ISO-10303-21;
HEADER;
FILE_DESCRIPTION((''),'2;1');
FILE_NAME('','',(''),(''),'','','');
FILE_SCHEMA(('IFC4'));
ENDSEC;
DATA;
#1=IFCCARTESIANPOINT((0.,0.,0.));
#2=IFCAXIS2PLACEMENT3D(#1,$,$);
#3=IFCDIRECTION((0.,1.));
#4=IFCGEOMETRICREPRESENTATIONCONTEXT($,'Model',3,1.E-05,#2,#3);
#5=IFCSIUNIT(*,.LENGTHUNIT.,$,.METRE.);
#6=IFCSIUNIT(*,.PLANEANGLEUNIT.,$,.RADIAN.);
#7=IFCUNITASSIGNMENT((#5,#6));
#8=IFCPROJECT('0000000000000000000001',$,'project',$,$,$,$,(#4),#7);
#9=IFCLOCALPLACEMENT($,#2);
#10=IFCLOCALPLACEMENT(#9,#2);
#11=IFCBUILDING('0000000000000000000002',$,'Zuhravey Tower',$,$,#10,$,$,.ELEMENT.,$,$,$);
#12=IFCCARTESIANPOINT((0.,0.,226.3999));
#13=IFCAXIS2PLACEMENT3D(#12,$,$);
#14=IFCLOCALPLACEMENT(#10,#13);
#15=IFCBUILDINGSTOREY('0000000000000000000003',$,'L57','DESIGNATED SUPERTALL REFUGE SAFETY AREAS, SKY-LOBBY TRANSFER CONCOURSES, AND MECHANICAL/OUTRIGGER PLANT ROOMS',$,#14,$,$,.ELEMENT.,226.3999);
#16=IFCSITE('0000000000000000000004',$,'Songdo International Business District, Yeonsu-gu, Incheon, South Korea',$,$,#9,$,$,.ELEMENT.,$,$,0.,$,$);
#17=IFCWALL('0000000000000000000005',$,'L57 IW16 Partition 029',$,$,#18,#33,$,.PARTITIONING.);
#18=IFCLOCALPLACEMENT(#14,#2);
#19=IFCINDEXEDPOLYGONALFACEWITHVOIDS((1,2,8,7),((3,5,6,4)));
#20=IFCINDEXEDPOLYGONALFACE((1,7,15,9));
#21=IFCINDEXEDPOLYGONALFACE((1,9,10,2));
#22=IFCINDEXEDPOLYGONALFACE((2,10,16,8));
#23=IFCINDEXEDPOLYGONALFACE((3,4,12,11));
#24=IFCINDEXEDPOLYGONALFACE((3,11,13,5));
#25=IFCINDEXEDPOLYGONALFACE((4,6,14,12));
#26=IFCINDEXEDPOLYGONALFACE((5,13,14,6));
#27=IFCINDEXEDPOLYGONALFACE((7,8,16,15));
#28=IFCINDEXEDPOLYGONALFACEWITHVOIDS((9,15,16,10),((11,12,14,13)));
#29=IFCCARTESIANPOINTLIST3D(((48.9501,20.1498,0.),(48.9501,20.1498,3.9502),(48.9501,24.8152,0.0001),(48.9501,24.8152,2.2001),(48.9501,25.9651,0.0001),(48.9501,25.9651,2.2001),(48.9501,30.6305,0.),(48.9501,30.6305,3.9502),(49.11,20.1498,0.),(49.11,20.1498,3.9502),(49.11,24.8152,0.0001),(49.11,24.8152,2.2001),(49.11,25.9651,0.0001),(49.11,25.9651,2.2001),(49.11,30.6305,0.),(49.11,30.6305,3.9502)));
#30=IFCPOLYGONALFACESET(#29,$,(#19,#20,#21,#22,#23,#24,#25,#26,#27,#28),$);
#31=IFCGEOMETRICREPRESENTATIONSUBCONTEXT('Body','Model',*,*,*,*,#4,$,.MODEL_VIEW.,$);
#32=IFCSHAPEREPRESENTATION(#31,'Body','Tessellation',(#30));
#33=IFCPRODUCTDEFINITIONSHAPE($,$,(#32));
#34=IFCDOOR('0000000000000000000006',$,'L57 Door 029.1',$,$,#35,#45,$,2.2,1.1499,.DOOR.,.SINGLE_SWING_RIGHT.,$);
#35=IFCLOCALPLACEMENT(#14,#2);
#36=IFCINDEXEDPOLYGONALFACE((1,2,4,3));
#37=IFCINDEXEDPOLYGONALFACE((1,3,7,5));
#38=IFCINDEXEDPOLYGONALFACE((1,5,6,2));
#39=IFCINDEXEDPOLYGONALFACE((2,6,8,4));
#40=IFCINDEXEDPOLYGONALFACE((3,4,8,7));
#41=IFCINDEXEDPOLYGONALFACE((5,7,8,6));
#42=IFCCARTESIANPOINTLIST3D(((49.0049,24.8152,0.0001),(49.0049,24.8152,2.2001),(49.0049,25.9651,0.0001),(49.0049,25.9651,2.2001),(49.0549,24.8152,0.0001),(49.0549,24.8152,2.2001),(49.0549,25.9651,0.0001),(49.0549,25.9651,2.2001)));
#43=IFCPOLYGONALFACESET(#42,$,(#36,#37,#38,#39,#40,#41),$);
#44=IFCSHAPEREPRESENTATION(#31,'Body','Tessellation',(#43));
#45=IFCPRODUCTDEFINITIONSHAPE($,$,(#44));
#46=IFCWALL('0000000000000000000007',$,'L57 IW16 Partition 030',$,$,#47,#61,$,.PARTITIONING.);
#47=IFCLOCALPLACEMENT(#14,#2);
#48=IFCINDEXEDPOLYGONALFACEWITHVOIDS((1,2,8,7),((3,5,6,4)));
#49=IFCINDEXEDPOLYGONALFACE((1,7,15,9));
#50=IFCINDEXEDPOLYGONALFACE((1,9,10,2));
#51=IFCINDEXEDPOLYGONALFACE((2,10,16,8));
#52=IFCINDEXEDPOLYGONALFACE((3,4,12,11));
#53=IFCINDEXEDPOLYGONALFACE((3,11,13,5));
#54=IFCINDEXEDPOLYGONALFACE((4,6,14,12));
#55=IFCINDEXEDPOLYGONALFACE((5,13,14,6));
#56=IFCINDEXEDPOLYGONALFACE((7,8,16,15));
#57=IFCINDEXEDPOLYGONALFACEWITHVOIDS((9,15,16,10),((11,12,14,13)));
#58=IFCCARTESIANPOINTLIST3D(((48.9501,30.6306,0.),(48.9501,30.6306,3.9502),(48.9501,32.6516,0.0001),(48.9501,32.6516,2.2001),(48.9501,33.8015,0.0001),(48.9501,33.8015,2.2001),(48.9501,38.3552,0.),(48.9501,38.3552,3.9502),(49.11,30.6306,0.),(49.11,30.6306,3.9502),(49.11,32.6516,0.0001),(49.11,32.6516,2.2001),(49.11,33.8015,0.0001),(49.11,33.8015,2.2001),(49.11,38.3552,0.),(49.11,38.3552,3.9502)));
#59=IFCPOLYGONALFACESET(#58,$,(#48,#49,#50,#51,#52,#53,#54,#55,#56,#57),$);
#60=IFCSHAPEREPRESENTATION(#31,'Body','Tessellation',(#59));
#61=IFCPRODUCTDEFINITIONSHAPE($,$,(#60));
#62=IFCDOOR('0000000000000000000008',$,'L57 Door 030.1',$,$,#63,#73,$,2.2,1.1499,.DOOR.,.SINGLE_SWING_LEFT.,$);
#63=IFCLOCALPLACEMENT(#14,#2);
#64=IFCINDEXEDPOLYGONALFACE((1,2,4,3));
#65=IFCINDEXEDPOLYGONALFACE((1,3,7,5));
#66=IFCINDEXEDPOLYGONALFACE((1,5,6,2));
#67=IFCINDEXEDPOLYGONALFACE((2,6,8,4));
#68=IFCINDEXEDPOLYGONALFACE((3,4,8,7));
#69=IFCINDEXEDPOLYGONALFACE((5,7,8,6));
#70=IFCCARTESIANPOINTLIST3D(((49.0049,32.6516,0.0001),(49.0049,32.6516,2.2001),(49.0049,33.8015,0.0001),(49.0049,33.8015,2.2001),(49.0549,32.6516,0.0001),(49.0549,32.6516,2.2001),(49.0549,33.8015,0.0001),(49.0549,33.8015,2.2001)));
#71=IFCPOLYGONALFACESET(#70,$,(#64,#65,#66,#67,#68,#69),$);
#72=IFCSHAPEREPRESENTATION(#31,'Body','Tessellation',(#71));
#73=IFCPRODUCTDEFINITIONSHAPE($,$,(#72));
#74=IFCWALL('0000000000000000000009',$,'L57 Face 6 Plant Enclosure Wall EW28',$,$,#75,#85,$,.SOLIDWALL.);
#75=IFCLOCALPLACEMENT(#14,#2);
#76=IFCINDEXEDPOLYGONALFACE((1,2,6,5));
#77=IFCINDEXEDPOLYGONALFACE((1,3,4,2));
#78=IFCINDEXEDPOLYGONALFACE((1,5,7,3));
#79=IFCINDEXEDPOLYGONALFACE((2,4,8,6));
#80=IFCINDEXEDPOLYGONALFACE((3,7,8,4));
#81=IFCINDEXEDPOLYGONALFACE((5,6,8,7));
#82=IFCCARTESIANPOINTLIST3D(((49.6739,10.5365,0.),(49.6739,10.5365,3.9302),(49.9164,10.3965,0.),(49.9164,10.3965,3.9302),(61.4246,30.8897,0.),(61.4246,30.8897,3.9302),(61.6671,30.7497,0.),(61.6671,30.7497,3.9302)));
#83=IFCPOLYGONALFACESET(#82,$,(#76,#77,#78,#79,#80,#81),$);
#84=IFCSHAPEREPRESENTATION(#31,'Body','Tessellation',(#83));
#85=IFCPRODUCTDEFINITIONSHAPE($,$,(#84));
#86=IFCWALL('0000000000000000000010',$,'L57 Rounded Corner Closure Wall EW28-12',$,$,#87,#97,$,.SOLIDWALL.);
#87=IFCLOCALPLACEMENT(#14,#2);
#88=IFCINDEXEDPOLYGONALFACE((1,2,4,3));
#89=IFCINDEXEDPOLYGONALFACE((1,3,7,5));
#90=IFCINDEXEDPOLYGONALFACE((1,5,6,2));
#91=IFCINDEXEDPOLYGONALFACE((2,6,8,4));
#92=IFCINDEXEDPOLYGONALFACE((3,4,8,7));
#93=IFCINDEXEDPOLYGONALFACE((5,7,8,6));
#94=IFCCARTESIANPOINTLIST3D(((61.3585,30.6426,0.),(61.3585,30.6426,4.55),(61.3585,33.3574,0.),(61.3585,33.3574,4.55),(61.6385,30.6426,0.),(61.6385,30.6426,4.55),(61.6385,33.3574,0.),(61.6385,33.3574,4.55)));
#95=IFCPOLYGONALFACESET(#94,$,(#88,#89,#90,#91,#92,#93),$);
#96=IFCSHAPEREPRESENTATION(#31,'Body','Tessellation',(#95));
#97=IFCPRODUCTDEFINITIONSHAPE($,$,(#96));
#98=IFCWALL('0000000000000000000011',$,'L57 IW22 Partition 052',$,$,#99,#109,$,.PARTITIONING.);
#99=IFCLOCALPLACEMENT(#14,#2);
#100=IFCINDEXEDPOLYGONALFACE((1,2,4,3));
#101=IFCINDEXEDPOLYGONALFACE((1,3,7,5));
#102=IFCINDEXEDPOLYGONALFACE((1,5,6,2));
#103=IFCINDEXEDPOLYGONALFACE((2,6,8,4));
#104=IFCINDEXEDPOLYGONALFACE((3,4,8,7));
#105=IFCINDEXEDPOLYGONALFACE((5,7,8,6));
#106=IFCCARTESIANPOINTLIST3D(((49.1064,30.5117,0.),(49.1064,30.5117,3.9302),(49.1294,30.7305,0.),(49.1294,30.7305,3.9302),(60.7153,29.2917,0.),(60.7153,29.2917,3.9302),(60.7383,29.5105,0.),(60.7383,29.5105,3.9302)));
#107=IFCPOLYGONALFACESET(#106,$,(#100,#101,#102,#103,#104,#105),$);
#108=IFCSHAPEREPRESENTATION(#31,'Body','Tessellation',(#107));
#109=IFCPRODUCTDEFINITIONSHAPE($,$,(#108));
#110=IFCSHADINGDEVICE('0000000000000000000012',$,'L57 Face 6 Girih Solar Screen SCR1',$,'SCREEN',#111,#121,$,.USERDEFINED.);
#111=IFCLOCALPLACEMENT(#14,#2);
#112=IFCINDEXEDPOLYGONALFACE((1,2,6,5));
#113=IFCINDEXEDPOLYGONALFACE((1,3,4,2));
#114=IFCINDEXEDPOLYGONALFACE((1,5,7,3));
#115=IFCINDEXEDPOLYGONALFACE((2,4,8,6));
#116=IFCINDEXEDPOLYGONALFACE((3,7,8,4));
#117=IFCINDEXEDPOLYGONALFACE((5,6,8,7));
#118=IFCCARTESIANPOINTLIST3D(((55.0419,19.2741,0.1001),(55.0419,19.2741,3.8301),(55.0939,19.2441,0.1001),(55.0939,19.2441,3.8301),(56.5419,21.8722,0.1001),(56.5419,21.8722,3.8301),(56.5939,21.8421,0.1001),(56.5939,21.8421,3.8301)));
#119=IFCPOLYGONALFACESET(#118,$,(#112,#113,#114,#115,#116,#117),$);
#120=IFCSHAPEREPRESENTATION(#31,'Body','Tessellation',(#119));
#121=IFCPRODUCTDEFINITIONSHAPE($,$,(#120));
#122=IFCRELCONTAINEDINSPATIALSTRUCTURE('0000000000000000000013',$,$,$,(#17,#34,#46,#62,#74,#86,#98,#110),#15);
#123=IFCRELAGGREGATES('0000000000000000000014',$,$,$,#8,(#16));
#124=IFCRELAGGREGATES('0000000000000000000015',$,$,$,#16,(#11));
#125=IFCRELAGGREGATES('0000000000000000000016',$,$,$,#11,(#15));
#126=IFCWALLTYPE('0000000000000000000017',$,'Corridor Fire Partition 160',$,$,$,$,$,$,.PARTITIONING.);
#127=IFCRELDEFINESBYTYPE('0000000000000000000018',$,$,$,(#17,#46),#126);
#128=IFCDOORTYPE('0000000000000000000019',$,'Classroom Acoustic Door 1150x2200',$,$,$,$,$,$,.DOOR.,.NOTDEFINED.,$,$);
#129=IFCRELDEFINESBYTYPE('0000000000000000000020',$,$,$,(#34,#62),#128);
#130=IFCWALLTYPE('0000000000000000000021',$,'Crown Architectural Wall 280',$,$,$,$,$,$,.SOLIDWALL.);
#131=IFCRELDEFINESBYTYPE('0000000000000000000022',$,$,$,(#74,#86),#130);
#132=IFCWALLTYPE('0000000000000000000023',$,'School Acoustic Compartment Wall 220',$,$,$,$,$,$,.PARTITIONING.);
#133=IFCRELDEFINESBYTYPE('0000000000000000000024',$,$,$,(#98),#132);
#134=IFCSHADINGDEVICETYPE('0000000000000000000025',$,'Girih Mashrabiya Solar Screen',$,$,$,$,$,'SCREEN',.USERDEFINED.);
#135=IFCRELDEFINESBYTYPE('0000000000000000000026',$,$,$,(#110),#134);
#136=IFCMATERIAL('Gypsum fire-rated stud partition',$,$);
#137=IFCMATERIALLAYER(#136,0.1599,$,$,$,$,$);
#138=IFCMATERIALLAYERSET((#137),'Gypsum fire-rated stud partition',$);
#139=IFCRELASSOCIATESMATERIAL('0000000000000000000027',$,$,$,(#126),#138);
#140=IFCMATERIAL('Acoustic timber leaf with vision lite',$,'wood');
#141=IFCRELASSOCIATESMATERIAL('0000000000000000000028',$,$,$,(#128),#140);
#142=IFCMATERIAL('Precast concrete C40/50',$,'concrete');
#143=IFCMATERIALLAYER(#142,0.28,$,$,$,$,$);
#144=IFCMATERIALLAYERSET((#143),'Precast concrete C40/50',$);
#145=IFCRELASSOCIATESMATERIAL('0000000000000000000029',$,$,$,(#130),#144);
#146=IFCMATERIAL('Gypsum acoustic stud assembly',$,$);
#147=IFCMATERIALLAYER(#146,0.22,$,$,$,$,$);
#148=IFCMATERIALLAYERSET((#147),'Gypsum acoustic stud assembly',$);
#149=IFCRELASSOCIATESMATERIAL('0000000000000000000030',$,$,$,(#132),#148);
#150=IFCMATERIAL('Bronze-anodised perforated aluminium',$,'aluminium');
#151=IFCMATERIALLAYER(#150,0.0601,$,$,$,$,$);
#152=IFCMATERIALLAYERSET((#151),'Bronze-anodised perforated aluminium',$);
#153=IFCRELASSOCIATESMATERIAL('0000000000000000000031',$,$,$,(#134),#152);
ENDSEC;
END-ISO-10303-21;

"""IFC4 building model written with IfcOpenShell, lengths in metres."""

from ifc_helpers import new_model, si_unit, direction, frame, frame_2d, origin, origin_2d, place, context, subcontext, project, spatial, rectangle, extrude, material, layer, layer_set, type_object, element, fill, save


model = new_model("IFC4")

# Units and contexts
model_context = context("Model", 3, precision=1e-05, world=origin(), true_north=direction((0.0, 1.0)))
body_context = subcontext(model_context, "Body", "Model", "MODEL_VIEW")
ifc_project = project(units=[si_unit("LENGTHUNIT", "METRE"), si_unit("PLANEANGLEUNIT", "RADIAN")], contexts=[model_context])

# Site, building, storey
site_placement = place(None, origin())
site = spatial("IfcSite", under=ifc_project, at=site_placement, Name="Songdo International Business District, Yeonsu-gu, Incheon, South Korea", CompositionType="ELEMENT", RefElevation=0.0)
building_placement = place(site_placement, origin())
building = spatial("IfcBuilding", under=site, at=building_placement, Name="Zuhravey Tower", CompositionType="ELEMENT")
storey_placement = place(building_placement, frame((0.0, 0.0, 226.3999)))
storey = spatial("IfcBuildingStorey", under=building, at=storey_placement, Name="L57", Description="DESIGNATED SUPERTALL REFUGE SAFETY AREAS, SKY-LOBBY TRANSFER CONCOURSES, AND MECHANICAL/OUTRIGGER PLANT ROOMS", CompositionType="ELEMENT", Elevation=226.3999)

# Walls, openings, doors
ifc_material_1 = material(Name="Gypsum fire-rated stud partition")
ifc_layer_1 = layer(ifc_material_1, 0.1599)
ifc_layer_set_1 = layer_set([ifc_layer_1], Name="Gypsum fire-rated stud partition")
wall_type_1 = type_object("IfcWallType", Name="Corridor Fire Partition 160", PredefinedType="PARTITIONING", material=ifc_layer_set_1)
wall_1_placement = place(storey_placement, frame((49.03, 20.1499, 0.0), z_axis=(0.0, 0.0, 1.0), x_axis=(0.0, 1.0, 0.0)))
wall_1 = element("IfcWall", 1, at=wall_1_placement, inside=storey, type_object=wall_type_1, Name="L57 IW16 Partition 029", PredefinedType="PARTITIONING", context=body_context, shape_type="SweptSolid", body=[
    extrude(rectangle(XDim=10.4807, YDim=0.1599, at=frame_2d((5.2402, 0.0))), origin(), (0.0, 0.0, 1.0), 3.9502),
])
opening_1_placement = place(wall_1_placement, frame((4.6653, 0.0, 0.0)))
opening_1 = element("IfcOpeningElement", 2, at=opening_1_placement, cuts=wall_1, PredefinedType="OPENING", context=body_context, shape_type="SweptSolid", body=[
    extrude(rectangle(XDim=1.1499, YDim=2.2, at=frame_2d((0.575, 1.1001))), frame((0.0, 0.092, 0.0), z_axis=(0.0, -1.0, 0.0), x_axis=(1.0, 0.0, 0.0)), (0.0, 0.0, 1.0), 0.1838),
])
ifc_material_2 = material(Name="Acoustic timber leaf with vision lite", Category="wood")
door_type = type_object("IfcDoorType", Name="Classroom Acoustic Door 1150x2200", OperationType="NOTDEFINED", PredefinedType="DOOR", material=ifc_material_2)
door_1_placement = place(opening_1_placement, frame((1.1499, 0.0, 0.0), z_axis=(0.0, 0.0, 1.0), x_axis=(-1.0, 0.0, 0.0)))
door_1 = element("IfcDoor", 3, at=door_1_placement, inside=storey, type_object=door_type, Name="L57 Door 029.1", OperationType="SINGLE_SWING_RIGHT", OverallHeight=2.2, OverallWidth=1.1499, PredefinedType="DOOR", context=body_context, shape_type="SweptSolid", body=[
    extrude(rectangle(XDim=1.1499, YDim=2.2, at=frame_2d((0.575, 1.1001))), frame((0.0, 0.0249, 0.0), z_axis=(0.0, -1.0, 0.0), x_axis=(1.0, 0.0, 0.0)), (0.0, 0.0, 1.0), 0.05),
])
fill(opening_1, door_1)
wall_2_placement = place(storey_placement, frame((49.03, 30.6306, 0.0), z_axis=(0.0, 0.0, 1.0), x_axis=(0.0, 1.0, 0.0)))
wall_2 = element("IfcWall", 4, at=wall_2_placement, inside=storey, type_object=wall_type_1, Name="L57 IW16 Partition 030", PredefinedType="PARTITIONING", context=body_context, shape_type="SweptSolid", body=[
    extrude(rectangle(XDim=7.7246, YDim=0.1599, at=frame_2d((3.8623, 0.0))), origin(), (0.0, 0.0, 1.0), 3.9502),
])
opening_2_placement = place(wall_2_placement, frame((2.021, 0.0, 0.0)))
opening_2 = element("IfcOpeningElement", 5, at=opening_2_placement, cuts=wall_2, PredefinedType="OPENING", context=body_context, shape_type="SweptSolid", body=[
    extrude(rectangle(XDim=1.1499, YDim=2.2, at=frame_2d((0.575, 1.1001))), frame((0.0, 0.092, 0.0), z_axis=(0.0, -1.0, 0.0), x_axis=(1.0, 0.0, 0.0)), (0.0, 0.0, 1.0), 0.1838),
])
door_2_placement = place(opening_2_placement, frame((1.1499, 0.0, 0.0), z_axis=(0.0, 0.0, 1.0), x_axis=(-1.0, 0.0, 0.0)))
door_2 = element("IfcDoor", 6, at=door_2_placement, inside=storey, type_object=door_type, Name="L57 Door 030.1", OperationType="SINGLE_SWING_LEFT", OverallHeight=2.2, OverallWidth=1.1499, PredefinedType="DOOR", context=body_context, shape_type="SweptSolid", body=[
    extrude(rectangle(XDim=1.1499, YDim=2.2, at=frame_2d((0.575, 1.1001))), frame((0.0, 0.0249, 0.0), z_axis=(0.0, -1.0, 0.0), x_axis=(1.0, 0.0, 0.0)), (0.0, 0.0, 1.0), 0.05),
])
fill(opening_2, door_2)

# Walls
ifc_material_3 = material(Name="Precast concrete C40/50", Category="concrete")
ifc_layer_2 = layer(ifc_material_3, 0.28)
ifc_layer_set_2 = layer_set([ifc_layer_2], Name="Precast concrete C40/50")
wall_type_2 = type_object("IfcWallType", Name="Crown Architectural Wall 280", PredefinedType="SOLIDWALL", material=ifc_layer_set_2)
wall_3_placement = place(storey_placement, frame((61.5459, 30.8198, 0.0), z_axis=(0.0, 0.0, 1.0), x_axis=(-0.499993, -0.86603, 0.0)))
element("IfcWall", 7, at=wall_3_placement, inside=storey, type_object=wall_type_2, Name="L57 Face 6 Plant Enclosure Wall EW28", PredefinedType="SOLIDWALL", context=body_context, shape_type="SweptSolid", body=[
    extrude(rectangle(XDim=23.5017, YDim=0.28, at=frame_2d((11.751, 0.0))), origin(), (0.0, 0.0, 1.0), 3.9302),
])
wall_4_placement = place(storey_placement, frame((61.4985, 33.3574, 0.0), z_axis=(0.0, 0.0, 1.0), x_axis=(0.0, -1.0, 0.0)))
element("IfcWall", 8, at=wall_4_placement, inside=storey, type_object=wall_type_2, Name="L57 Rounded Corner Closure Wall EW28-12", PredefinedType="SOLIDWALL", context=body_context, shape_type="SweptSolid", body=[
    extrude(rectangle(XDim=2.7148, YDim=0.28, at=frame_2d((1.3574, 0.0))), origin(), (0.0, 0.0, 1.0), 4.55),
])
ifc_material_4 = material(Name="Gypsum acoustic stud assembly")
ifc_layer_3 = layer(ifc_material_4, 0.22)
ifc_layer_set_3 = layer_set([ifc_layer_3], Name="Gypsum acoustic stud assembly")
wall_type_3 = type_object("IfcWallType", Name="School Acoustic Compartment Wall 220", PredefinedType="PARTITIONING", material=ifc_layer_set_3)
wall_5_placement = place(storey_placement, frame((49.1179, 30.6211, 0.0), z_axis=(0.0, 0.0, 1.0), x_axis=(0.994523, -0.104514, 0.0)))
element("IfcWall", 9, at=wall_5_placement, inside=storey, type_object=wall_type_3, Name="L57 IW22 Partition 052", PredefinedType="PARTITIONING", context=body_context, shape_type="SweptSolid", body=[
    extrude(rectangle(XDim=11.6729, YDim=0.22, at=frame_2d((5.8364, 0.0))), origin(), (0.0, 0.0, 1.0), 3.9302),
])

# Shading device
ifc_material_5 = material(Name="Bronze-anodised perforated aluminium", Category="aluminium")
ifc_layer_4 = layer(ifc_material_5, 0.0601)
ifc_layer_set_4 = layer_set([ifc_layer_4], Name="Bronze-anodised perforated aluminium")
shading_device_type = type_object("IfcShadingDeviceType", Name="Girih Mashrabiya Solar Screen", ElementType="SCREEN", PredefinedType="USERDEFINED", material=ifc_layer_set_4)
shading_device_placement = place(storey_placement, frame((55.8179, 20.5581, 0.1001), z_axis=(0.0, 0.0, 1.0), x_axis=(-0.5, -0.866025, 0.0)))
element("IfcShadingDevice", 10, at=shading_device_placement, inside=storey, type_object=shading_device_type, Name="L57 Face 6 Girih Solar Screen SCR1", ObjectType="SCREEN", PredefinedType="USERDEFINED", context=body_context, shape_type="SweptSolid", body=[
    extrude(rectangle(XDim=3.0, YDim=0.0601, at=origin_2d()), origin(), (0.0, 0.0, 1.0), 3.73),
])

save(model, "model.ifc")
